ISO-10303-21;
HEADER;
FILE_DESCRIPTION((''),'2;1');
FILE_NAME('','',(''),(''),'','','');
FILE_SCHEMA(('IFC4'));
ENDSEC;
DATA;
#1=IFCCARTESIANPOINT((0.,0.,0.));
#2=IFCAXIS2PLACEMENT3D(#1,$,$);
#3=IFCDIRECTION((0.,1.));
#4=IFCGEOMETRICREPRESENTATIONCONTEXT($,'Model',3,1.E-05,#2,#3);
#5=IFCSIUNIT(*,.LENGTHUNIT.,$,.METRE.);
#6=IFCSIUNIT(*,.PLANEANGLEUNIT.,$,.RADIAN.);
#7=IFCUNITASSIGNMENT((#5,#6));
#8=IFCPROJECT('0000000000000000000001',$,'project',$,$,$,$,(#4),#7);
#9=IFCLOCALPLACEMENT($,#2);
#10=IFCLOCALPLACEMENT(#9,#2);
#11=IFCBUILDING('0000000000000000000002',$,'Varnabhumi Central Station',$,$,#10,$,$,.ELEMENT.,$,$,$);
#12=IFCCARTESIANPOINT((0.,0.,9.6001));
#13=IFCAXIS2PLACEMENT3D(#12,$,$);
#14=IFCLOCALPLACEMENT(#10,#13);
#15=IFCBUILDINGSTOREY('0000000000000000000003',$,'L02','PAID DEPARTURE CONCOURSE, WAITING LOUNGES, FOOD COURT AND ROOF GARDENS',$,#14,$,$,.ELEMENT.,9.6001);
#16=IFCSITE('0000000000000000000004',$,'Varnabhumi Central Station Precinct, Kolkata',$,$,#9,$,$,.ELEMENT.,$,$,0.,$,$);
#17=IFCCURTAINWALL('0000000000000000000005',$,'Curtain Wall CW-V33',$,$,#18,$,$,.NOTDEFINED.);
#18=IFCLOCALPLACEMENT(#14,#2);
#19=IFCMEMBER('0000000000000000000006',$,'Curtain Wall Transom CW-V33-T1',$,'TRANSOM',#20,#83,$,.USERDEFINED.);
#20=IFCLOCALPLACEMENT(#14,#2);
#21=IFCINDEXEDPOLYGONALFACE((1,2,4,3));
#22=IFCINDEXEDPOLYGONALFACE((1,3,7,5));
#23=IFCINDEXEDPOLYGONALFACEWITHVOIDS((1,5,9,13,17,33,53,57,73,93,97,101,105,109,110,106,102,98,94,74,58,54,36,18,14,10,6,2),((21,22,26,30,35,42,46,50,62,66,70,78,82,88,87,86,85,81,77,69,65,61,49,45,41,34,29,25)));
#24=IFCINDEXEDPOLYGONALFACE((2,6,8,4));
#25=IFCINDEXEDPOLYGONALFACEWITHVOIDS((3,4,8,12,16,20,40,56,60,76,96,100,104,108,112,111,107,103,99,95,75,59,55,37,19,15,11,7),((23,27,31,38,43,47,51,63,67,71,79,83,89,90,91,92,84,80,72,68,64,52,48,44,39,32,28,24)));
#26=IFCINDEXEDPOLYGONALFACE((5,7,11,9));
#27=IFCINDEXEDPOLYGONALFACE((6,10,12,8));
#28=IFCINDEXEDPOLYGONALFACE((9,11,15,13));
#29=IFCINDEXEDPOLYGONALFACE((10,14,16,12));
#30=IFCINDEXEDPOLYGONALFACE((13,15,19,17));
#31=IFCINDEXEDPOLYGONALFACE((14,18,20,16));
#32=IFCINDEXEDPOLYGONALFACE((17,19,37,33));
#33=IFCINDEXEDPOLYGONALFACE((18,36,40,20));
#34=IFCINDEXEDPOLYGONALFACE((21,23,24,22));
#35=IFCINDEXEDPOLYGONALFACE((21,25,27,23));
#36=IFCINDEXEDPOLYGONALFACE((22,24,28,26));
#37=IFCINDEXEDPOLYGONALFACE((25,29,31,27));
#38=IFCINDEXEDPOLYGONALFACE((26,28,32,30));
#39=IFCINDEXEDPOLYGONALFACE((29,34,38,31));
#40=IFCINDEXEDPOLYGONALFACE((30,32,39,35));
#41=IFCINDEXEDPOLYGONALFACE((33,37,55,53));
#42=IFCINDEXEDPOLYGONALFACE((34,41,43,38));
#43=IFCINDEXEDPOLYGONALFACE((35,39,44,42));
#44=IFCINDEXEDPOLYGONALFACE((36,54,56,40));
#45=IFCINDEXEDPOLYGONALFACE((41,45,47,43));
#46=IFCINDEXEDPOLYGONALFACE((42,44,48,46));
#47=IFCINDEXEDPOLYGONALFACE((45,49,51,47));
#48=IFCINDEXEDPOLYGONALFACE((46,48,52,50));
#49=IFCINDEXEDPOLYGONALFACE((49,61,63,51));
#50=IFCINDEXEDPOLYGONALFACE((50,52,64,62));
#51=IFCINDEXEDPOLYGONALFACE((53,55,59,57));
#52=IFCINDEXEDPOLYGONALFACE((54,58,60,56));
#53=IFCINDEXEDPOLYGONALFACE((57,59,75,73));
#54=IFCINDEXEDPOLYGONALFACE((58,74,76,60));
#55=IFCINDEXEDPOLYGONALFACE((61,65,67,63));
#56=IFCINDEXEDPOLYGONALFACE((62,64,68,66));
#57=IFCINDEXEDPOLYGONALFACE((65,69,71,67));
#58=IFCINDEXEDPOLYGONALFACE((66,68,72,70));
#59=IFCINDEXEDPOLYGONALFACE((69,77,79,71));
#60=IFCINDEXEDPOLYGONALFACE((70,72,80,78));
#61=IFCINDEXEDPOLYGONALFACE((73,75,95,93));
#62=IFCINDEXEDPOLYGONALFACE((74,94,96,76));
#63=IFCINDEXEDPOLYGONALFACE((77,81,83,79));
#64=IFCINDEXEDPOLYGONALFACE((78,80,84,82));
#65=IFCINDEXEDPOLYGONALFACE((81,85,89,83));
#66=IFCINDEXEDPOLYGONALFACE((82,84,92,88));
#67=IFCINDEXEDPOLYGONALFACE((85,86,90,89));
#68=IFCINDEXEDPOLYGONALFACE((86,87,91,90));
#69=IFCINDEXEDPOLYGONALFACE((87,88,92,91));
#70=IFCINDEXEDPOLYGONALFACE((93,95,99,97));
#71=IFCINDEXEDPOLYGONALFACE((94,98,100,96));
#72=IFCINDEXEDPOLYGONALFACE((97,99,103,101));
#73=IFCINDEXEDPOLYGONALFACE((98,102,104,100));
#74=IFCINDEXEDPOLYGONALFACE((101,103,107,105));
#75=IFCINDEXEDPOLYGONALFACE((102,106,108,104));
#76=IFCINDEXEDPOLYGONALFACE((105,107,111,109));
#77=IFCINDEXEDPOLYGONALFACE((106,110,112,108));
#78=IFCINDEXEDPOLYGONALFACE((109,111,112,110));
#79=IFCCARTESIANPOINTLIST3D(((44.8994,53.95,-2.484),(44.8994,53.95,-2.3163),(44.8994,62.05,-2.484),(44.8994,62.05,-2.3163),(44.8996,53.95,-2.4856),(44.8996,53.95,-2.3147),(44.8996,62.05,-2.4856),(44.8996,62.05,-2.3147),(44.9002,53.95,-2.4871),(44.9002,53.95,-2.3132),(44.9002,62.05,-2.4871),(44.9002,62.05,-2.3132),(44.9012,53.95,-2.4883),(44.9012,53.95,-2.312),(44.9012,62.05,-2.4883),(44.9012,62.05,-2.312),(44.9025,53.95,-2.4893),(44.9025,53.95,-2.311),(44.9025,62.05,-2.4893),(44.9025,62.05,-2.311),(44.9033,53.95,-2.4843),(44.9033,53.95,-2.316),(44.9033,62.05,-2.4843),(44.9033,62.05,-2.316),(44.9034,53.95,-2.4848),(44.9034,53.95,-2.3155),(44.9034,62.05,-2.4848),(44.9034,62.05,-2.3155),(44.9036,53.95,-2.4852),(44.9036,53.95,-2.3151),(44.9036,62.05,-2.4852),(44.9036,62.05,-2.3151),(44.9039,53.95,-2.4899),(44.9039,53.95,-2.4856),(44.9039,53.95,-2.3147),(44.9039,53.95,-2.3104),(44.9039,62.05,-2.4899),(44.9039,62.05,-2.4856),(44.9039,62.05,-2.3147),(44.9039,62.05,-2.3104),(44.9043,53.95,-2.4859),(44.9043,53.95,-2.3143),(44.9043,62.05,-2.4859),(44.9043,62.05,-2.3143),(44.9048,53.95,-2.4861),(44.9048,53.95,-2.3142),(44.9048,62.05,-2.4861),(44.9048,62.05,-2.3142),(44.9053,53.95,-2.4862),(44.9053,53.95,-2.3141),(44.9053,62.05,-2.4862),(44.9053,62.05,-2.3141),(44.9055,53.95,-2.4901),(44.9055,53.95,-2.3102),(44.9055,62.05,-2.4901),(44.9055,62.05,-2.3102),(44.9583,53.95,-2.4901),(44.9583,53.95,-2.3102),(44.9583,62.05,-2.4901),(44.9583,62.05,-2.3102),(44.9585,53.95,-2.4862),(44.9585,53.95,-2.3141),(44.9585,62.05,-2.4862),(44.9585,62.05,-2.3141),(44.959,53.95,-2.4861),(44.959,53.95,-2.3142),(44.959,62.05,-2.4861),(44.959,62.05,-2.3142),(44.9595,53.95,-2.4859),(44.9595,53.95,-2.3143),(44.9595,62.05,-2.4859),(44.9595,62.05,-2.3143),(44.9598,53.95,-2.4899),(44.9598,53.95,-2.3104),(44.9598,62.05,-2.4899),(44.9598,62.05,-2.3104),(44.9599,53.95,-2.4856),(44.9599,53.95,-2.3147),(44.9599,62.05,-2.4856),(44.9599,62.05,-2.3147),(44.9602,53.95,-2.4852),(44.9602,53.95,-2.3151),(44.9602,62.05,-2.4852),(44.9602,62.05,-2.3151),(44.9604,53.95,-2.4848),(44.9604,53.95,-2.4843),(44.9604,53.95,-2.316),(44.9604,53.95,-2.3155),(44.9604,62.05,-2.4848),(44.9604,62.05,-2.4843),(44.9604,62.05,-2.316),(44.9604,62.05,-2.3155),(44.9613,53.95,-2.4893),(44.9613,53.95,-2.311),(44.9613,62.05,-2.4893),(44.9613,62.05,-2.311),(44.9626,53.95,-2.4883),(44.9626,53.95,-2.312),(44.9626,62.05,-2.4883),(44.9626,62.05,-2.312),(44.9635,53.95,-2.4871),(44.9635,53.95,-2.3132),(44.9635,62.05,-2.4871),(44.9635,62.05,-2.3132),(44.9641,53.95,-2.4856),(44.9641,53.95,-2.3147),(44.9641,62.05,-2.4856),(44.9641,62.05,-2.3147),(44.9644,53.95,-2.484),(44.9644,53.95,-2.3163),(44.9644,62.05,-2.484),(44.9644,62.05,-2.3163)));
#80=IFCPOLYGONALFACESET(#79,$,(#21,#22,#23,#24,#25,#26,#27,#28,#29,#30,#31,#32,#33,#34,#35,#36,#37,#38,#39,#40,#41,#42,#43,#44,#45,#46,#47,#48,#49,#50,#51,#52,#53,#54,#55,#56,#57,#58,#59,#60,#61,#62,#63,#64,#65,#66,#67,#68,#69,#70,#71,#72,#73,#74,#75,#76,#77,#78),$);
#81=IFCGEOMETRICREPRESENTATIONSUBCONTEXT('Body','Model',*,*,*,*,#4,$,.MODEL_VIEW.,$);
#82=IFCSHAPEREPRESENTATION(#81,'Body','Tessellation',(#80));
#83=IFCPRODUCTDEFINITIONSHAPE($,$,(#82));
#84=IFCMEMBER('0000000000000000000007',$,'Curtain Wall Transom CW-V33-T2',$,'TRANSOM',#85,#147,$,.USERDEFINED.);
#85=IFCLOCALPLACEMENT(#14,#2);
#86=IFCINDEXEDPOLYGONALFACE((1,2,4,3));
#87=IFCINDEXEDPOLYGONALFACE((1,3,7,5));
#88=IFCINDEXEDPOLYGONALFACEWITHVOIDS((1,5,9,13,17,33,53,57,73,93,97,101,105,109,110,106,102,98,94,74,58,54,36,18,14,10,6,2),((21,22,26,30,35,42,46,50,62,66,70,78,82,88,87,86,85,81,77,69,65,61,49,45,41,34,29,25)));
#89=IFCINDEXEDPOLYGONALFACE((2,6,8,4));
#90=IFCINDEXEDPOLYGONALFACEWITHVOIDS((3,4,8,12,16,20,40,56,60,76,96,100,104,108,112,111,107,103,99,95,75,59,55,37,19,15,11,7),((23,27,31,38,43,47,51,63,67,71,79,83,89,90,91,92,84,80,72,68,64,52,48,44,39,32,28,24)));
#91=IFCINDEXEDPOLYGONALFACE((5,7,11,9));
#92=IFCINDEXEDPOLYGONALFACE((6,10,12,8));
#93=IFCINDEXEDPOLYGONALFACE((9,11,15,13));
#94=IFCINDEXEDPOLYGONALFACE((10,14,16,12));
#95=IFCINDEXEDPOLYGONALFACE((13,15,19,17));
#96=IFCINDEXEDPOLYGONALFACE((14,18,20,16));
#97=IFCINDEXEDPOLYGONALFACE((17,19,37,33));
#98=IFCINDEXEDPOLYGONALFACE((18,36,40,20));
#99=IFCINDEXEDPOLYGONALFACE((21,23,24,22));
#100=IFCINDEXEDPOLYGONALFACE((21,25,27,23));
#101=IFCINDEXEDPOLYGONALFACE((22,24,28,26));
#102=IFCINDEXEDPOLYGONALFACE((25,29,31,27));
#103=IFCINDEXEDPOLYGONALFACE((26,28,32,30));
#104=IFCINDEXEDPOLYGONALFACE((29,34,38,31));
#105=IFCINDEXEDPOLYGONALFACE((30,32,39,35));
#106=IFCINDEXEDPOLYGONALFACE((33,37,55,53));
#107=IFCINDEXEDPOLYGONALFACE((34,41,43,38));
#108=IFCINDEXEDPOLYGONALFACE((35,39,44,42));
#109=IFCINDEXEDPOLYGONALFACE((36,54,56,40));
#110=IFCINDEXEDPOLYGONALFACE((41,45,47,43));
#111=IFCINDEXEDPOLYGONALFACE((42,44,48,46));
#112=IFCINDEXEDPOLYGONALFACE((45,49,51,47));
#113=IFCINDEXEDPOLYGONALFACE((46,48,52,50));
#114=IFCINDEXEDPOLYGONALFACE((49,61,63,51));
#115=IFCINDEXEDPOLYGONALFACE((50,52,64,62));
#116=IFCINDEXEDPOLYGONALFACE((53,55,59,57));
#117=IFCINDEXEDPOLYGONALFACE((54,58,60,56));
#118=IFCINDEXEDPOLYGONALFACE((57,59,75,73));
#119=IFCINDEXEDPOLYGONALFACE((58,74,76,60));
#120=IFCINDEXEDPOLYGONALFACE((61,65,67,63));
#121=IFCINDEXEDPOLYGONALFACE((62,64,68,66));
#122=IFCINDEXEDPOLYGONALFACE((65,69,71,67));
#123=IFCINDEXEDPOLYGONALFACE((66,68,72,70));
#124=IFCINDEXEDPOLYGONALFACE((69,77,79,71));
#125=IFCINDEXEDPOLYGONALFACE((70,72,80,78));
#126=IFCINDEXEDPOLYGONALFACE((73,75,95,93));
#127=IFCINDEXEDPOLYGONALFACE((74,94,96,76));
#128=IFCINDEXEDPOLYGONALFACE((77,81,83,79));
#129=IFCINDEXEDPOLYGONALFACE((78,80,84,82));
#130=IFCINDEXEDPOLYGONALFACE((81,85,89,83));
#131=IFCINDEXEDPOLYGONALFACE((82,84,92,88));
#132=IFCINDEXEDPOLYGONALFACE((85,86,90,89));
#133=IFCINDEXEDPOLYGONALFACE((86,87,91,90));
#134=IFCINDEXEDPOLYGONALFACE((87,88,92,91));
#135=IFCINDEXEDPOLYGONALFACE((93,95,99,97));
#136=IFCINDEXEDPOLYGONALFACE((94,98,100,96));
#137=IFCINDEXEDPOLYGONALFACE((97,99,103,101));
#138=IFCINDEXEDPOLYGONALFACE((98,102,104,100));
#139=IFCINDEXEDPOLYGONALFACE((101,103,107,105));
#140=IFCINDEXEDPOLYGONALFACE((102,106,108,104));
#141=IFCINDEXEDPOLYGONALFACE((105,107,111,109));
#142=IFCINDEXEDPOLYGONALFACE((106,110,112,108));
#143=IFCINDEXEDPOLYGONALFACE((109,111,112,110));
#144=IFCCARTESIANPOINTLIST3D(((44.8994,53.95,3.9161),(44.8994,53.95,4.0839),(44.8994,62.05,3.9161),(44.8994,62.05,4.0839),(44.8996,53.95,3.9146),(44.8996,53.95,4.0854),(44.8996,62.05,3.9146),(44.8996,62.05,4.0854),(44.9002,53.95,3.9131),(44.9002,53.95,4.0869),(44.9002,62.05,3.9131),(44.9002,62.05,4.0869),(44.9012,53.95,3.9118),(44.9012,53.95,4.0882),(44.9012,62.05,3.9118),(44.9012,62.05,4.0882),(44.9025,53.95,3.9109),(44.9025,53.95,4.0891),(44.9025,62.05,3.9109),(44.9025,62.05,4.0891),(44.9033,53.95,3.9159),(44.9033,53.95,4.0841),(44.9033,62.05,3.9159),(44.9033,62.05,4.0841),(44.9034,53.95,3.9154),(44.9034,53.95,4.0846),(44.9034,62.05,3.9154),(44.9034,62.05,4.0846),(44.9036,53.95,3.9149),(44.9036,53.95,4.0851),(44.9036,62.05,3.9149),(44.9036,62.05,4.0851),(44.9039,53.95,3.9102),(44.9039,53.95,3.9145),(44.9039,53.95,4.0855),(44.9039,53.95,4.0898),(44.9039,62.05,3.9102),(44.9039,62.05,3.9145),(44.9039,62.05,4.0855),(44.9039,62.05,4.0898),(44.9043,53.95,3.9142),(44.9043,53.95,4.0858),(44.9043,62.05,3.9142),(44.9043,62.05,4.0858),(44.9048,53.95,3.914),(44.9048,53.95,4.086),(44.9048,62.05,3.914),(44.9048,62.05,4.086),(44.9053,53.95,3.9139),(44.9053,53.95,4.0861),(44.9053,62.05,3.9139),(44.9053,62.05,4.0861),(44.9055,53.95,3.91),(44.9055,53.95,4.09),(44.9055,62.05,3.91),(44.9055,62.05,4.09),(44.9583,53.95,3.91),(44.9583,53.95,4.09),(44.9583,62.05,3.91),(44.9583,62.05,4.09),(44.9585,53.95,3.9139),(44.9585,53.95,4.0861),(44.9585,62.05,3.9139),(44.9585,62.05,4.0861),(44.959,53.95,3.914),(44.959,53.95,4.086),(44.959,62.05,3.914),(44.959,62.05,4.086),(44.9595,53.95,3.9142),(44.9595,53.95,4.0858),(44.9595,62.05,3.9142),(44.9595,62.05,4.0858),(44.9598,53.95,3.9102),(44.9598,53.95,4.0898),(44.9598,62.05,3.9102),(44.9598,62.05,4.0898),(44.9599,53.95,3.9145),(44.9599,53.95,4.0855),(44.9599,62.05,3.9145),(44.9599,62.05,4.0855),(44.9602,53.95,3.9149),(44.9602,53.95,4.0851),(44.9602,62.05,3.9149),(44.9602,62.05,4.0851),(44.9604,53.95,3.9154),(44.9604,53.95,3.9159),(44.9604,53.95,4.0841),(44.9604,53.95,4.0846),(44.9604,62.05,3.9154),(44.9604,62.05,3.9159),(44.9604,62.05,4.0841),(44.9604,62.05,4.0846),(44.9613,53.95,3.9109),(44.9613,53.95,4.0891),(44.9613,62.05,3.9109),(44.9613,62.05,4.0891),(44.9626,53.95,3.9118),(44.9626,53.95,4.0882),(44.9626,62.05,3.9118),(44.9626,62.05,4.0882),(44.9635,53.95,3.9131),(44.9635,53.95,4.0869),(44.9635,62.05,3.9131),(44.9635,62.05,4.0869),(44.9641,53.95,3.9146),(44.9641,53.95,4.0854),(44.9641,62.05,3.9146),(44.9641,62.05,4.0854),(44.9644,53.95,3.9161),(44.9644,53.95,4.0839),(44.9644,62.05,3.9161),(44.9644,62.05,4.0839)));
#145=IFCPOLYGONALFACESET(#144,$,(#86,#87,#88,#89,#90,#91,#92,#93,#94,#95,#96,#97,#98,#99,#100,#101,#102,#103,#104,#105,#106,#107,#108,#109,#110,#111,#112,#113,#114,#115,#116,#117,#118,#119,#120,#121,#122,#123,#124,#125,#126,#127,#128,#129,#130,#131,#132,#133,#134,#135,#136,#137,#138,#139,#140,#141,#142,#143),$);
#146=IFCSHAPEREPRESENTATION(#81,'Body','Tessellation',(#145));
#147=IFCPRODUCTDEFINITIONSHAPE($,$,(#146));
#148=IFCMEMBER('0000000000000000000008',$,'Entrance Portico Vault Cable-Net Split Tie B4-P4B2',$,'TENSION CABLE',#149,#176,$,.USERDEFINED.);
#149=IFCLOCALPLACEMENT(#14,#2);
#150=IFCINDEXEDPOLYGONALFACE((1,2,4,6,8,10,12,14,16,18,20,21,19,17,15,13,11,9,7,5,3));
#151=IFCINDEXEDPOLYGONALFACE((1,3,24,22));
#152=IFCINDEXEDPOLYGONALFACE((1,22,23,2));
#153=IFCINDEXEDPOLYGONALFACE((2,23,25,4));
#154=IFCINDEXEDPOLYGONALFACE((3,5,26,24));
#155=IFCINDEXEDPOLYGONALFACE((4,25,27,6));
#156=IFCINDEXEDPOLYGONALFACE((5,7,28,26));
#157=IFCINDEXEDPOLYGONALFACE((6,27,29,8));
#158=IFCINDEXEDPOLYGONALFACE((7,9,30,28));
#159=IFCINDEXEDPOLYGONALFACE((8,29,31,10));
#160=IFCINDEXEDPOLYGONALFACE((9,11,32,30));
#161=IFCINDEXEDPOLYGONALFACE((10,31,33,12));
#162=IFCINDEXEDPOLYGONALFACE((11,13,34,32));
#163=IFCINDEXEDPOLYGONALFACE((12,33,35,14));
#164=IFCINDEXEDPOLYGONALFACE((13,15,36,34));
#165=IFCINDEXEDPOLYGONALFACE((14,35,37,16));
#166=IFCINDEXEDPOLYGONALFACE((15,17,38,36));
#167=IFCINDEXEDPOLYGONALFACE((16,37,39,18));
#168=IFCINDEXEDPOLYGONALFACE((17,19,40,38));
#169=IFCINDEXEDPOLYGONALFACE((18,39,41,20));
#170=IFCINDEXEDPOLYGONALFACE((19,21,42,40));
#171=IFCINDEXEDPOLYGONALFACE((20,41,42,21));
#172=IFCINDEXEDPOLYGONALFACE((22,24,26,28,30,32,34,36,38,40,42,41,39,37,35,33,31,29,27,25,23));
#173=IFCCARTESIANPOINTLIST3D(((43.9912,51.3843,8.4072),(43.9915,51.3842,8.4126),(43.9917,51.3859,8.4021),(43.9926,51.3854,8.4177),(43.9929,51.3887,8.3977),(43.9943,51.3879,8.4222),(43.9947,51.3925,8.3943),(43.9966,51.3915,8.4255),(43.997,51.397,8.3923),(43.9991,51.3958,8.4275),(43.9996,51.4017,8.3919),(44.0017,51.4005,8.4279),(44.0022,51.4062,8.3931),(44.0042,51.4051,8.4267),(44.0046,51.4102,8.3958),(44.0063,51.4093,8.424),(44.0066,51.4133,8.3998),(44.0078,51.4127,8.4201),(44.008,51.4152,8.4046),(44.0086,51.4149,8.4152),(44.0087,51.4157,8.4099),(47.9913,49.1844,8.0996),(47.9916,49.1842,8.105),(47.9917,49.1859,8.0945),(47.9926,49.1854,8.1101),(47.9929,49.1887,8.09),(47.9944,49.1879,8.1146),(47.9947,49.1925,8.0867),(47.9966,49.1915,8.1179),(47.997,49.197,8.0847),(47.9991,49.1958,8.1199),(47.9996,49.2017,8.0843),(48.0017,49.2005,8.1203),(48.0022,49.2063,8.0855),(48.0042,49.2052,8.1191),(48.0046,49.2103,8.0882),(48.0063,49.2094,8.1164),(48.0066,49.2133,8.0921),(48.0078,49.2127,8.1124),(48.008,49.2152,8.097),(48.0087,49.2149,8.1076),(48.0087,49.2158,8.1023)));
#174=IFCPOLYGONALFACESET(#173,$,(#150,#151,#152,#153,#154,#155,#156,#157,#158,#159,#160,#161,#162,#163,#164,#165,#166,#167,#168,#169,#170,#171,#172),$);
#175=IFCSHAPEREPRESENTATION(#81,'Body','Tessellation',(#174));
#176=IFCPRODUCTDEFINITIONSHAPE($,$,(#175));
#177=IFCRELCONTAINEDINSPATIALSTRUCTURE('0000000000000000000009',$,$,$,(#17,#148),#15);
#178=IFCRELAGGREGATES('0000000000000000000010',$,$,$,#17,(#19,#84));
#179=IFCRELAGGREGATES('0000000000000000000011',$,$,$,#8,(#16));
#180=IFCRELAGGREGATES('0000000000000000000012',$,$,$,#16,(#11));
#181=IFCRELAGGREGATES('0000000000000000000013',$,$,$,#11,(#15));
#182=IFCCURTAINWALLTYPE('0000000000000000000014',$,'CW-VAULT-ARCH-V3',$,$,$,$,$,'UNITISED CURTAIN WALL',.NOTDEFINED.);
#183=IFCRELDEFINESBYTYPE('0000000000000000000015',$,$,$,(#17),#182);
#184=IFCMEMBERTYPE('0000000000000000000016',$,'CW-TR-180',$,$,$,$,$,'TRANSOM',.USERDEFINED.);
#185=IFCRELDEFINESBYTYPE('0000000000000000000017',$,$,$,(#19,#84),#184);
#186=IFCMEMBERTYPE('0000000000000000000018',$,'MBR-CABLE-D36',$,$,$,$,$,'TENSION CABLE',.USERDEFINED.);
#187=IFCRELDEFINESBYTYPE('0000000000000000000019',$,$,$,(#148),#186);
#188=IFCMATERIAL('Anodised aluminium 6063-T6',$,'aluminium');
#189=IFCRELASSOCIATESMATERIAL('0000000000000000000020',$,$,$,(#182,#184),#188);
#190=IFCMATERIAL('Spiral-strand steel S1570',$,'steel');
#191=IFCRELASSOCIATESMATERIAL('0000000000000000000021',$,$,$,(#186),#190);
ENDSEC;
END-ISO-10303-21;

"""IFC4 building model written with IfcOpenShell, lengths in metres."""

from ifc_helpers import new_model, si_unit, direction, frame, origin, origin_2d, place, context, subcontext, project, spatial, hollow_rectangle, circle, extrude, material, material_profile, profile_set, type_object, element, aggregate, save


model = new_model("IFC4")

# Units and contexts
model_context = context("Model", 3, precision=1e-05, world=origin(), true_north=direction((0.0, 1.0)))
body_context = subcontext(model_context, "Body", "Model", "MODEL_VIEW")
ifc_project = project(units=[si_unit("LENGTHUNIT", "METRE"), si_unit("PLANEANGLEUNIT", "RADIAN")], contexts=[model_context])

# Site, building, storey
site_placement = place(None, origin())
site = spatial("IfcSite", under=ifc_project, at=site_placement, Name="Varnabhumi Central Station Precinct, Kolkata", CompositionType="ELEMENT", RefElevation=0.0)
building_placement = place(site_placement, origin())
building = spatial("IfcBuilding", under=site, at=building_placement, Name="Varnabhumi Central Station", CompositionType="ELEMENT")
storey_placement = place(building_placement, frame((0.0, 0.0, 9.6001)))
storey = spatial("IfcBuildingStorey", under=building, at=storey_placement, Name="L02", Description="PAID DEPARTURE CONCOURSE, WAITING LOUNGES, FOOD COURT AND ROOF GARDENS", CompositionType="ELEMENT", Elevation=9.6001)

# Curtain wall, members
ifc_material_1 = material(Name="Anodised aluminium 6063-T6", Category="aluminium")
curtain_wall_type = type_object("IfcCurtainWallType", Name="CW-VAULT-ARCH-V3", ElementType="UNITISED CURTAIN WALL", PredefinedType="NOTDEFINED", material=ifc_material_1)
curtain_wall_1_placement = place(storey_placement, origin())
curtain_wall_1 = element("IfcCurtainWall", 1, at=curtain_wall_1_placement, inside=storey, type_object=curtain_wall_type, Name="Curtain Wall CW-V33", PredefinedType="NOTDEFINED")
ifc_material_profile_1 = material_profile(ifc_material_1, hollow_rectangle(XDim=0.0649, YDim=0.1799, WallThickness=0.0039, InnerFilletRadius=0.002, OuterFilletRadius=0.0061, at=origin_2d()), Name="Anodised aluminium 6063-T6", Category="aluminium")
ifc_profile_set_1 = profile_set([ifc_material_profile_1], Name="Anodised aluminium 6063-T6")
member_type_1 = type_object("IfcMemberType", Name="CW-TR-180", ElementType="TRANSOM", PredefinedType="USERDEFINED", material=ifc_profile_set_1)
member_1_placement = place(storey_placement, frame((44.9319, 53.95, -2.4001), z_axis=(0.0, 1.0, 0.0), x_axis=(-1.0, 0.0, 0.0)))
member_1 = element("IfcMember", 2, at=member_1_placement, type_object=member_type_1, Name="Curtain Wall Transom CW-V33-T1", ObjectType="TRANSOM", PredefinedType="USERDEFINED", context=body_context, shape_type="SweptSolid", body=[
    extrude(hollow_rectangle(XDim=0.0649, YDim=0.1799, WallThickness=0.0039, InnerFilletRadius=0.002, OuterFilletRadius=0.0061, at=origin_2d()), origin(), (0.0, 0.0, 1.0), 8.1001),
])
member_2_placement = place(storey_placement, frame((44.9319, 53.95, 4.0), z_axis=(0.0, 1.0, 0.0), x_axis=(-1.0, 0.0, 0.0)))
member_2 = element("IfcMember", 3, at=member_2_placement, type_object=member_type_1, Name="Curtain Wall Transom CW-V33-T2", ObjectType="TRANSOM", PredefinedType="USERDEFINED", context=body_context, shape_type="SweptSolid", body=[
    extrude(hollow_rectangle(XDim=0.0649, YDim=0.1799, WallThickness=0.0039, InnerFilletRadius=0.002, OuterFilletRadius=0.0061, at=origin_2d()), origin(), (0.0, 0.0, 1.0), 8.1001),
])

# Member
ifc_material_2 = material(Name="Spiral-strand steel S1570", Category="steel")
ifc_material_profile_2 = material_profile(ifc_material_2, circle(Radius=0.0181, at=origin_2d()), Name="Spiral-strand steel S1570", Category="steel")
ifc_profile_set_2 = profile_set([ifc_material_profile_2], Name="Spiral-strand steel S1570")
member_type_2 = type_object("IfcMemberType", Name="MBR-CABLE-D36", ElementType="TENSION CABLE", PredefinedType="USERDEFINED", material=ifc_profile_set_2)
member_3_placement = place(storey_placement, frame((44.0, 51.3999, 8.4099), z_axis=(0.874238, -0.48082, -0.067233), x_axis=(0.481911, 0.87622, 0.0)))
element("IfcMember", 4, at=member_3_placement, inside=storey, type_object=member_type_2, Name="Entrance Portico Vault Cable-Net Split Tie B4-P4B2", ObjectType="TENSION CABLE", PredefinedType="USERDEFINED", context=body_context, shape_type="SweptSolid", body=[
    extrude(circle(Radius=0.0181, at=origin_2d()), origin(), (0.0, 0.0, 1.0), 4.5754),
])

aggregate(curtain_wall_1, [member_1, member_2])

save(model, "model.ifc")
